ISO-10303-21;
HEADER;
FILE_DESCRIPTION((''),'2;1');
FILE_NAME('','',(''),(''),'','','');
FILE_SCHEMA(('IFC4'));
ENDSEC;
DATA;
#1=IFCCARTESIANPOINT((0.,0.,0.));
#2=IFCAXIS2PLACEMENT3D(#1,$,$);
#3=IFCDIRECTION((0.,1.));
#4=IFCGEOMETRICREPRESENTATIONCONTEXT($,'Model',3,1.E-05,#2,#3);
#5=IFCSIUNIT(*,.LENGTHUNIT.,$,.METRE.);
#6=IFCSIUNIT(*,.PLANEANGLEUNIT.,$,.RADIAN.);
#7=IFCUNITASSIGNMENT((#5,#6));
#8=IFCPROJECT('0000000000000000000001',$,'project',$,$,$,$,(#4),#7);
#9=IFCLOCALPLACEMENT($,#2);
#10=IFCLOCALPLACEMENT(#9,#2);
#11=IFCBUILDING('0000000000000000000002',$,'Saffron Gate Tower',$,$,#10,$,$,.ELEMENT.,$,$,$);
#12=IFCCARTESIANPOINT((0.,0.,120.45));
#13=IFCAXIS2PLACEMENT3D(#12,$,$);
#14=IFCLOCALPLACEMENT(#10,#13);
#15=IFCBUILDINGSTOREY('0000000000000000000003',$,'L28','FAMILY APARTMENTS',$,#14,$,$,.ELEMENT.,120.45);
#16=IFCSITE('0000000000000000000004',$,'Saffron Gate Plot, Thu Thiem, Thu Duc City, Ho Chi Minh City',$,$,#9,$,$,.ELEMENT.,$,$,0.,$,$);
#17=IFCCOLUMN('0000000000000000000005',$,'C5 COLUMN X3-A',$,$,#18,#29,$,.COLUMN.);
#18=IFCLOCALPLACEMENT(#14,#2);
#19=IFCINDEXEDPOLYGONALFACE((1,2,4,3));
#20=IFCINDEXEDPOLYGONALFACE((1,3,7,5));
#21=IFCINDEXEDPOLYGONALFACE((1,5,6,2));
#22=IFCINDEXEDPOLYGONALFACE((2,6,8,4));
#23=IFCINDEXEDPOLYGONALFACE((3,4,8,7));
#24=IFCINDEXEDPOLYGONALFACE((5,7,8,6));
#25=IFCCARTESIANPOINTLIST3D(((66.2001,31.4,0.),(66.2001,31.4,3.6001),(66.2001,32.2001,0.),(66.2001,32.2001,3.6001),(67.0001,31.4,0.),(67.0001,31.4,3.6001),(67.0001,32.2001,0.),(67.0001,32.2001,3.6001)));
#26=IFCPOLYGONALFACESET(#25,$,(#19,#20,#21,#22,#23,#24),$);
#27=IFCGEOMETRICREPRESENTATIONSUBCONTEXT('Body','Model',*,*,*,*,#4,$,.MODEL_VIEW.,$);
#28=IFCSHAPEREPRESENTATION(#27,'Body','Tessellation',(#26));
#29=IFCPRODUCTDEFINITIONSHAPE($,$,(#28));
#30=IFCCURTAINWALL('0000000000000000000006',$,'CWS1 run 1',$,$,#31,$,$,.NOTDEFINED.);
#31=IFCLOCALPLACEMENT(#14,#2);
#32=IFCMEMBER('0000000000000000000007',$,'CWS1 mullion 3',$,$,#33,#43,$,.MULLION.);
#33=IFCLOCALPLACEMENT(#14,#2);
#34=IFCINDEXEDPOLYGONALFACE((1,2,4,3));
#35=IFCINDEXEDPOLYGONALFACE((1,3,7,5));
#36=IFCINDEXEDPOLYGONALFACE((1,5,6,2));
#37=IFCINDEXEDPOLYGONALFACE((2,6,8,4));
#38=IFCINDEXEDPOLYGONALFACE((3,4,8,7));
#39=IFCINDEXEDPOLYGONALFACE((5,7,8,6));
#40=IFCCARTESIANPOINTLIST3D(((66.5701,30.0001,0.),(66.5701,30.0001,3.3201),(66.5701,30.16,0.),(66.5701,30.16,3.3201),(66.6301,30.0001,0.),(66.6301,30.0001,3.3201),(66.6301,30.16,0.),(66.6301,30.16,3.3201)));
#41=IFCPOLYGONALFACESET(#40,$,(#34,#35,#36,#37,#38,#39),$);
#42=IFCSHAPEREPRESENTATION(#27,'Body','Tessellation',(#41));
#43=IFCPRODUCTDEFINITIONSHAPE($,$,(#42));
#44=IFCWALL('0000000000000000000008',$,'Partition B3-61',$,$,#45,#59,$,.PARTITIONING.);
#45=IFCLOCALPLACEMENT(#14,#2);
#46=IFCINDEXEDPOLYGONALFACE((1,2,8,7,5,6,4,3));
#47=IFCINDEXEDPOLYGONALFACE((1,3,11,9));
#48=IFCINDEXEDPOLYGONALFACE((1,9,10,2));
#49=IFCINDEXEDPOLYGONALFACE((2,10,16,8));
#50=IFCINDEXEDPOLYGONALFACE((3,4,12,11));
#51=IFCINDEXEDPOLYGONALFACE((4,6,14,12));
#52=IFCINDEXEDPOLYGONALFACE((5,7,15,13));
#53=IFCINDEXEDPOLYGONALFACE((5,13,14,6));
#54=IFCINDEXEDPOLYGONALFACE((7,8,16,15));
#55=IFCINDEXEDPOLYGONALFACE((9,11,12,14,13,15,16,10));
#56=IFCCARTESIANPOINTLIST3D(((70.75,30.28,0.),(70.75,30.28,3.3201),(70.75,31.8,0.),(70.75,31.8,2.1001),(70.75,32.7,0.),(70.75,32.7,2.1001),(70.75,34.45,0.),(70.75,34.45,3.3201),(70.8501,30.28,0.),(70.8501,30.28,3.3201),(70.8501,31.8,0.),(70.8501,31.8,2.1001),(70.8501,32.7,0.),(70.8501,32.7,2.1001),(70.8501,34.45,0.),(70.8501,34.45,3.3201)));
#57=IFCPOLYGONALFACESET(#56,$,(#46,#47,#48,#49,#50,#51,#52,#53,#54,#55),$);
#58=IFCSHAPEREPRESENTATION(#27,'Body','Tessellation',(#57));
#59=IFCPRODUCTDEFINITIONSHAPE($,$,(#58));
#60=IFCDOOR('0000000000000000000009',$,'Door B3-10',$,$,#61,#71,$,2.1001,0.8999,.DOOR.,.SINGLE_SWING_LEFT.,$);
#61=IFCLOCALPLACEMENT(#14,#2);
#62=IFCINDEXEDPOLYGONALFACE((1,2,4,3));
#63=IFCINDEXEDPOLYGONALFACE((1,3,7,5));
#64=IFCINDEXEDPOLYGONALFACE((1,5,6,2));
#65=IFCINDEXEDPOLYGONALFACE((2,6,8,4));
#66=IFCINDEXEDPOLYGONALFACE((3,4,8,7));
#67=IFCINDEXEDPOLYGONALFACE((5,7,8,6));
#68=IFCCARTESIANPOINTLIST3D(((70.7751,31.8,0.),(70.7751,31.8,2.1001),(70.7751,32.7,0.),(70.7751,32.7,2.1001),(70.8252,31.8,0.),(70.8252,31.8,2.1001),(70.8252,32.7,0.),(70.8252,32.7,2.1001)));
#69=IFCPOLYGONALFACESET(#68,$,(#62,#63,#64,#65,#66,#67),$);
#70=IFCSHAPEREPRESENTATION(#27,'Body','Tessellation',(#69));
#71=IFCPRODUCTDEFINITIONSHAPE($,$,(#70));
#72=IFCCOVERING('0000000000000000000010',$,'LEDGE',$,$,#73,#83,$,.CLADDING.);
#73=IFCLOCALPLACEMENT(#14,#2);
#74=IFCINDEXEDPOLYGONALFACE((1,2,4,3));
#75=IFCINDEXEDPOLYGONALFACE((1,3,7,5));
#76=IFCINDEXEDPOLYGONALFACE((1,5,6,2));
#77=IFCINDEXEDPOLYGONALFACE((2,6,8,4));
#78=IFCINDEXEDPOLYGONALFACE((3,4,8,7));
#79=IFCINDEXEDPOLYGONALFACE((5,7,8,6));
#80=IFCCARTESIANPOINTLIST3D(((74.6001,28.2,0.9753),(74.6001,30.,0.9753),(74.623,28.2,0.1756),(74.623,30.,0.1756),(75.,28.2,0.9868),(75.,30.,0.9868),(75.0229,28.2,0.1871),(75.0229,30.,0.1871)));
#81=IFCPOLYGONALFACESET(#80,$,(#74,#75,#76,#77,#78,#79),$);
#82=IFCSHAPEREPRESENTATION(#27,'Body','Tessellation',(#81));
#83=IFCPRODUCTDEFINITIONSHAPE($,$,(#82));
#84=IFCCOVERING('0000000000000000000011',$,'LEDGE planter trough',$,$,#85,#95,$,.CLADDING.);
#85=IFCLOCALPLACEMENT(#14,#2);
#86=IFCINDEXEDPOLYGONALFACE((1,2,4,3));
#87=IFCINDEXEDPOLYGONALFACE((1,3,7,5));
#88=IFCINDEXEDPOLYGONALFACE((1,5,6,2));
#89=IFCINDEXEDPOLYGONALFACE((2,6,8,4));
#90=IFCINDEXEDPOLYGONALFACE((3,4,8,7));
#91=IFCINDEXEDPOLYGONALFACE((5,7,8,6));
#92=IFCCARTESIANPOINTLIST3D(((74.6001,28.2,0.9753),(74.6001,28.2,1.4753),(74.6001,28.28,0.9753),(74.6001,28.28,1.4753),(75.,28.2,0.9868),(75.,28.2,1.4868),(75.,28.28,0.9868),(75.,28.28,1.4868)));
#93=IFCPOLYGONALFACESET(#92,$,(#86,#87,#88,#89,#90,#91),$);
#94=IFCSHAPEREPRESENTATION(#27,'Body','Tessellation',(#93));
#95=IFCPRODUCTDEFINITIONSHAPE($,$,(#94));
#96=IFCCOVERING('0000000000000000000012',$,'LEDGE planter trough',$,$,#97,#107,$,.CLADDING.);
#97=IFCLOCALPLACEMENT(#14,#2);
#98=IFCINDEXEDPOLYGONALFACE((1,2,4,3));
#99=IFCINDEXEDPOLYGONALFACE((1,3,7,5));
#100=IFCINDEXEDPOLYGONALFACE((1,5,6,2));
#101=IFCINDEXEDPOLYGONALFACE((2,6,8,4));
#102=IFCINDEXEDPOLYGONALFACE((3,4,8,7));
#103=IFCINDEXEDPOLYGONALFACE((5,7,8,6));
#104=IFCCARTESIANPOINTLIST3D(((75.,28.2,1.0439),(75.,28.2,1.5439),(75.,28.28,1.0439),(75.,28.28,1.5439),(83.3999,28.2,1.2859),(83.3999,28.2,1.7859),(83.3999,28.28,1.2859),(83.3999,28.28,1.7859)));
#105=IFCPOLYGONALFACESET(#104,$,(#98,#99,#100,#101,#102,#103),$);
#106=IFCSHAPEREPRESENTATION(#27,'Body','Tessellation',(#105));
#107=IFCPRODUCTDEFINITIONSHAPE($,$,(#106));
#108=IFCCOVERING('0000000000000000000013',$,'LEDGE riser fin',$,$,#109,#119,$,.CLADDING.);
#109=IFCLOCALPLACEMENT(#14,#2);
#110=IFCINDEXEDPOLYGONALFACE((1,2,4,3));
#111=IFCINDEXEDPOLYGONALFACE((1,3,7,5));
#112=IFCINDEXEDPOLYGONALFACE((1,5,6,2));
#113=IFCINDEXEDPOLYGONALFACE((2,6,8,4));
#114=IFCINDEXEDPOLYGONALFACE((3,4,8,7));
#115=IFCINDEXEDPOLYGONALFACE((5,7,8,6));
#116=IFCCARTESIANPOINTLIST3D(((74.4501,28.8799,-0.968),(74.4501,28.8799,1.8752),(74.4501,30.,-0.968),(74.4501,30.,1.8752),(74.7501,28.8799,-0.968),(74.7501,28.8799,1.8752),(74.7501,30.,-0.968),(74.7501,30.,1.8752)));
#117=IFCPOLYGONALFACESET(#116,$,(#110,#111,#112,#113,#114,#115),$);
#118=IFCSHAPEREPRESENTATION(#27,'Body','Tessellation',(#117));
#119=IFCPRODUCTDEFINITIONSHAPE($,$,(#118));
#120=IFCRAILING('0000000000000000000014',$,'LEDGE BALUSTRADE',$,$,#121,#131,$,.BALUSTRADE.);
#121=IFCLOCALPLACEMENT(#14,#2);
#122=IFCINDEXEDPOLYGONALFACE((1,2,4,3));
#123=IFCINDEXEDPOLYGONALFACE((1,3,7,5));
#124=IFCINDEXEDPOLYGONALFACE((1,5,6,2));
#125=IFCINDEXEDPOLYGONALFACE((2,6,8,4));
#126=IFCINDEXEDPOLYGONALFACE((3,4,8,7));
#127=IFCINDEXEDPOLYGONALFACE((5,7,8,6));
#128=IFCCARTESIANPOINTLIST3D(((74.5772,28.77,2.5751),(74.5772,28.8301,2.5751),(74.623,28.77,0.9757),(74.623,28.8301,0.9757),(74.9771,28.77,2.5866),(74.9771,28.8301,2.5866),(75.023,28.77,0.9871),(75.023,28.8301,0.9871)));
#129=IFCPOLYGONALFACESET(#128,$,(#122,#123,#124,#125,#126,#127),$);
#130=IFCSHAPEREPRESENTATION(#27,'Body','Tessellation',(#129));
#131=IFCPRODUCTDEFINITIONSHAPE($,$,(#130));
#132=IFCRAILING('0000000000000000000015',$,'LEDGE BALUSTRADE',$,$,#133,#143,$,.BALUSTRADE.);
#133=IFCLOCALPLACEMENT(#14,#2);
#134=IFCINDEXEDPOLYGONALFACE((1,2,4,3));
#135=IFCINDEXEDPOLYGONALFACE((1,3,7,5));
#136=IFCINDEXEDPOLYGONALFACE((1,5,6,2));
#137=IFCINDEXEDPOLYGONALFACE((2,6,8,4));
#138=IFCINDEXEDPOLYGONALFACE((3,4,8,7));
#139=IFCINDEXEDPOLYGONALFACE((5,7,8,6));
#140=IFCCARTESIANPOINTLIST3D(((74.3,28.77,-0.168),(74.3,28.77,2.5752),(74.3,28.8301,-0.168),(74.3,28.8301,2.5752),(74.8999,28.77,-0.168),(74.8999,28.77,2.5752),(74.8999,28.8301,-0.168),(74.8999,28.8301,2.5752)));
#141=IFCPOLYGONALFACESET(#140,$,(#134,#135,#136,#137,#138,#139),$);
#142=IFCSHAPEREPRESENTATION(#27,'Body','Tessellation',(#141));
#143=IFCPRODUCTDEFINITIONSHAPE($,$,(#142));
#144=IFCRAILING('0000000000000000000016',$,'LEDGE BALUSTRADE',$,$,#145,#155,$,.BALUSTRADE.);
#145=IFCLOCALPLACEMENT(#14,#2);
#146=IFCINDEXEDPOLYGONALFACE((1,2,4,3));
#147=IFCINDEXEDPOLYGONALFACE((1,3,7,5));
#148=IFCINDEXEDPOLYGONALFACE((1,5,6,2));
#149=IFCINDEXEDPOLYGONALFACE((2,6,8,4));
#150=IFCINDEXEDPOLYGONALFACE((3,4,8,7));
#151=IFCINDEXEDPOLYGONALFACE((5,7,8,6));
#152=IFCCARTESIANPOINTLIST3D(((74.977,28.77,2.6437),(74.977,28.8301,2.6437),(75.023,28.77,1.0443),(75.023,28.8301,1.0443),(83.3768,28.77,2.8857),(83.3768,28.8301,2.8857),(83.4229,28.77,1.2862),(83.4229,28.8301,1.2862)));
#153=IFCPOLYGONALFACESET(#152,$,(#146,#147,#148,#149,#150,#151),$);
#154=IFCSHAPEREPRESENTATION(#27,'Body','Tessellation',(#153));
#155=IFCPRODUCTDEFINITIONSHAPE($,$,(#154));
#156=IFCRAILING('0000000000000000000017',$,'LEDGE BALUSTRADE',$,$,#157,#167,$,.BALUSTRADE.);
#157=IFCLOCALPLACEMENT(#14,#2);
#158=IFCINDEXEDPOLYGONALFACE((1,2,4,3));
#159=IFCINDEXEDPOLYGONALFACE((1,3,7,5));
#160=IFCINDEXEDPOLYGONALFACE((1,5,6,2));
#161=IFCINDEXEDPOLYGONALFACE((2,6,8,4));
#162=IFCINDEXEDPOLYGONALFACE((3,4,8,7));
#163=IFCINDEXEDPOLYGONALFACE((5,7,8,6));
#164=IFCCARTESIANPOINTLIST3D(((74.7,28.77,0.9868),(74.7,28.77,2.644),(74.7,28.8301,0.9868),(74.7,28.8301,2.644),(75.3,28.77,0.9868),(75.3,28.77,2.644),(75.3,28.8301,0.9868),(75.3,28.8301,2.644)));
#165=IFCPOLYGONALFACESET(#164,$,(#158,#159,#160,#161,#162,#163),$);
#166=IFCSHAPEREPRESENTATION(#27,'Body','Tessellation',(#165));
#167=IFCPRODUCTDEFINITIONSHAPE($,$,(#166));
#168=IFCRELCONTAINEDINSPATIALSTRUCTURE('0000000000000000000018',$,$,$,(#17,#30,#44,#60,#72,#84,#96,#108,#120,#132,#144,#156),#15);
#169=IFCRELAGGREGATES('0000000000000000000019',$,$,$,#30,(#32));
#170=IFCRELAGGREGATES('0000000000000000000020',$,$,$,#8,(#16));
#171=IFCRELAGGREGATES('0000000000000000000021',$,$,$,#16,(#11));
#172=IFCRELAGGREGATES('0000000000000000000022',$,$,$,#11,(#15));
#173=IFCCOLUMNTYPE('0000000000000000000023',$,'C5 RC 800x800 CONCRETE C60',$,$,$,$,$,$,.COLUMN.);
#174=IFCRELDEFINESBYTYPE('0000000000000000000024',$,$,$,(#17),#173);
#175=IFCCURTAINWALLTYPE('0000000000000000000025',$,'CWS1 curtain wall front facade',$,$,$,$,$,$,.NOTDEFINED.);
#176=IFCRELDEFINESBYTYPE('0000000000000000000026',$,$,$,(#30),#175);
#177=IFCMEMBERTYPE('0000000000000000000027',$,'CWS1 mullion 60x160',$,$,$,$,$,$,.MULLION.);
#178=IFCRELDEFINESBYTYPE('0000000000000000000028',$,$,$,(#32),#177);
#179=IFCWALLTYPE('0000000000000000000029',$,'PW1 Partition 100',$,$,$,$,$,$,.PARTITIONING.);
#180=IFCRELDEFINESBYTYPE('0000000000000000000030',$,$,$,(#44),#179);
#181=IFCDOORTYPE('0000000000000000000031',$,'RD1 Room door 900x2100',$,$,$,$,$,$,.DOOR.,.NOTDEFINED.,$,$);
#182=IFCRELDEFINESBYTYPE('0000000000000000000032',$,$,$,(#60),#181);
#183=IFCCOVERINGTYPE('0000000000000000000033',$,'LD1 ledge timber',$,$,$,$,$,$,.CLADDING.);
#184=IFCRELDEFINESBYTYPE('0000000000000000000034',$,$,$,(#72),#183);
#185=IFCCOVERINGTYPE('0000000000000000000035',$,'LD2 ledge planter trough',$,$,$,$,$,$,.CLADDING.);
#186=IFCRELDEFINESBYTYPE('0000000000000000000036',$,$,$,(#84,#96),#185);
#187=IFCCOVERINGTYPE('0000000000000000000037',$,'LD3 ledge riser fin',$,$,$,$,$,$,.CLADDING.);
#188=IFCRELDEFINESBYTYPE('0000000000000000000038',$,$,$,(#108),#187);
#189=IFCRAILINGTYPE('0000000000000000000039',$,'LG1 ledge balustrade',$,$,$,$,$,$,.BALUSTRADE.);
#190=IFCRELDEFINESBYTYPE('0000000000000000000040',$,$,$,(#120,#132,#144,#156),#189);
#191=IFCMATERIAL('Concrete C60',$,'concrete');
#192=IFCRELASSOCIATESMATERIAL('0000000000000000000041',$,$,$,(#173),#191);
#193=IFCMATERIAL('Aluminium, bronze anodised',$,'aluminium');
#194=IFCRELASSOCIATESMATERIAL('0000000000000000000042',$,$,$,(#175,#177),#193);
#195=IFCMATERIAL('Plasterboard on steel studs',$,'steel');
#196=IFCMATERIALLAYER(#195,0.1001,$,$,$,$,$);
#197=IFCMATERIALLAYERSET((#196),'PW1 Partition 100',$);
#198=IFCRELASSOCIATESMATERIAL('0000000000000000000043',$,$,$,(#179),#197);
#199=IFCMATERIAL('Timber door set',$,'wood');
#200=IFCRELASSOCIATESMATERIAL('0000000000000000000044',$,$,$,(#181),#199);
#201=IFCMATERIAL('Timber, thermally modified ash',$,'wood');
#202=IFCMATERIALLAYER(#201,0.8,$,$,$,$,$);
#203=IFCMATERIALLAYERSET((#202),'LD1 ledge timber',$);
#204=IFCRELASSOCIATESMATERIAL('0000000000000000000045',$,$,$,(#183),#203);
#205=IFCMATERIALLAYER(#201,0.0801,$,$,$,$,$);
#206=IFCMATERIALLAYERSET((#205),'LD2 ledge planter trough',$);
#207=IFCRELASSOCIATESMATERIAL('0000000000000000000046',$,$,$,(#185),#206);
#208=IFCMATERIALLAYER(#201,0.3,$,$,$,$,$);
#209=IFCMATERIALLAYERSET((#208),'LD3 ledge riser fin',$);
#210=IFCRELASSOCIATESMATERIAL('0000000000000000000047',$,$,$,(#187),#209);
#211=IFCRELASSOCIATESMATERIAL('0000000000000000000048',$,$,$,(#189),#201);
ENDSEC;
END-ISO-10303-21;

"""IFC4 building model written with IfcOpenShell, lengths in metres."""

from ifc_helpers import new_model, si_unit, direction, frame, frame_2d, origin, origin_2d, place, context, subcontext, project, spatial, polyline, rectangle, outline, extrude, material, layer, layer_set, material_profile, profile_set, type_object, element, fill, aggregate, save


model = new_model("IFC4")

# Units and contexts
model_context = context("Model", 3, precision=1e-05, world=origin(), true_north=direction((0.0, 1.0)))
body_context = subcontext(model_context, "Body", "Model", "MODEL_VIEW")
ifc_project = project(units=[si_unit("LENGTHUNIT", "METRE"), si_unit("PLANEANGLEUNIT", "RADIAN")], contexts=[model_context])

# Site, building, storey
site_placement = place(None, origin())
site = spatial("IfcSite", under=ifc_project, at=site_placement, Name="Saffron Gate Plot, Thu Thiem, Thu Duc City, Ho Chi Minh City", CompositionType="ELEMENT", RefElevation=0.0)
building_placement = place(site_placement, origin())
building = spatial("IfcBuilding", under=site, at=building_placement, Name="Saffron Gate Tower", CompositionType="ELEMENT")
storey_placement = place(building_placement, frame((0.0, 0.0, 120.45)))
storey = spatial("IfcBuildingStorey", under=building, at=storey_placement, Name="L28", Description="FAMILY APARTMENTS", CompositionType="ELEMENT", Elevation=120.45)

# Column
ifc_material_1 = material(Name="Concrete C60", Category="concrete")
ifc_material_profile_1 = material_profile(ifc_material_1, rectangle(XDim=0.8, YDim=0.8, at=origin_2d()))
ifc_profile_set_1 = profile_set([ifc_material_profile_1], Name="Concrete C60")
column_type = type_object("IfcColumnType", Name="C5 RC 800x800 CONCRETE C60", PredefinedType="COLUMN", material=ifc_profile_set_1)
column_placement = place(storey_placement, frame((66.6001, 31.8, 0.0), z_axis=(0.0, 0.0, 1.0), x_axis=(1.0, 0.0, 0.0)))
element("IfcColumn", 1, at=column_placement, inside=storey, type_object=column_type, Name="C5 COLUMN X3-A", PredefinedType="COLUMN", context=body_context, shape_type="SweptSolid", body=[
    extrude(rectangle(XDim=0.8, YDim=0.8, at=origin_2d()), origin(), (0.0, 0.0, 1.0), 3.6001),
])

# Curtain wall, member
ifc_material_2 = material(Name="Aluminium, bronze anodised", Category="aluminium")
curtain_wall_type = type_object("IfcCurtainWallType", Name="CWS1 curtain wall front facade", PredefinedType="NOTDEFINED", material=ifc_material_2)
curtain_wall_placement = place(storey_placement, origin())
curtain_wall = element("IfcCurtainWall", 2, at=curtain_wall_placement, inside=storey, type_object=curtain_wall_type, Name="CWS1 run 1", PredefinedType="NOTDEFINED")
ifc_material_profile_2 = material_profile(ifc_material_2, rectangle(XDim=0.1599, YDim=0.0601, at=origin_2d()))
ifc_profile_set_2 = profile_set([ifc_material_profile_2], Name="Aluminium, bronze anodised")
member_type = type_object("IfcMemberType", Name="CWS1 mullion 60x160", PredefinedType="MULLION", material=ifc_profile_set_2)
member_placement = place(storey_placement, frame((66.6001, 30.0801, 0.0), z_axis=(0.0, 0.0, 1.0), x_axis=(0.0, 1.0, 0.0)))
member = element("IfcMember", 3, at=member_placement, type_object=member_type, Name="CWS1 mullion 3", PredefinedType="MULLION", context=body_context, shape_type="SweptSolid", body=[
    extrude(rectangle(XDim=0.1599, YDim=0.0601, at=origin_2d()), origin(), (0.0, 0.0, 1.0), 3.3201),
])
aggregate(curtain_wall, [member])

# Wall, opening, door
ifc_material_3 = material(Name="Plasterboard on steel studs", Category="steel")
ifc_layer_1 = layer(ifc_material_3, 0.1001)
ifc_layer_set_1 = layer_set([ifc_layer_1], Name="PW1 Partition 100")
wall_type = type_object("IfcWallType", Name="PW1 Partition 100", PredefinedType="PARTITIONING", material=ifc_layer_set_1)
wall_placement = place(storey_placement, frame((70.8, 30.28, 0.0), z_axis=(0.0, 0.0, 1.0), x_axis=(0.0, 1.0, 0.0)))
wall = element("IfcWall", 4, at=wall_placement, inside=storey, type_object=wall_type, Name="Partition B3-61", PredefinedType="PARTITIONING", context=body_context, shape_type="SweptSolid", body=[
    extrude(rectangle(XDim=4.1699, YDim=0.1001, at=frame_2d((2.085, 0.0))), origin(), (0.0, 0.0, 1.0), 3.3201),
])
opening_placement = place(wall_placement, frame((1.52, 0.0, 0.0)))
opening = element("IfcOpeningElement", 5, at=opening_placement, cuts=wall, PredefinedType="OPENING", context=body_context, shape_type="SweptSolid", body=[
    extrude(rectangle(XDim=0.8999, YDim=2.1001, at=frame_2d((0.45, 1.05))), frame((0.0, 0.0601, 0.0), z_axis=(0.0, -1.0, 0.0), x_axis=(1.0, 0.0, 0.0)), (0.0, 0.0, 1.0), 0.1201),
])
ifc_material_4 = material(Name="Timber door set", Category="wood")
door_type = type_object("IfcDoorType", Name="RD1 Room door 900x2100", OperationType="NOTDEFINED", PredefinedType="DOOR", material=ifc_material_4)
door_placement = place(opening_placement, origin())
door = element("IfcDoor", 6, at=door_placement, inside=storey, type_object=door_type, Name="Door B3-10", OperationType="SINGLE_SWING_LEFT", OverallHeight=2.1001, OverallWidth=0.8999, PredefinedType="DOOR", context=body_context, shape_type="SweptSolid", body=[
    extrude(rectangle(XDim=0.8999, YDim=2.1001, at=frame_2d((0.45, 1.05))), frame((0.0, 0.0249, 0.0), z_axis=(0.0, -1.0, 0.0), x_axis=(1.0, 0.0, 0.0)), (0.0, 0.0, 1.0), 0.05),
])
fill(opening, door)

# Coverings
ifc_material_5 = material(Name="Timber, thermally modified ash", Category="wood")
ifc_layer_2 = layer(ifc_material_5, 0.8)
ifc_layer_set_2 = layer_set([ifc_layer_2], Name="LD1 ledge timber")
covering_type_1 = type_object("IfcCoveringType", Name="LD1 ledge timber", PredefinedType="CLADDING", material=ifc_layer_set_2)
covering_1_placement = place(storey_placement, frame((74.6001, 30.0, 0.9753), z_axis=(-0.028682, 0.0, 0.999589), x_axis=(0.999589, 0.0, 0.028682)))
element("IfcCovering", 7, at=covering_1_placement, inside=storey, type_object=covering_type_1, Name="LEDGE", PredefinedType="CLADDING", context=body_context, shape_type="SweptSolid", body=[
    extrude(outline(polyline([(0.0, 0.0), (0.4001, 0.0), (0.4001, -1.8), (0.0, -1.8), (0.0, 0.0)])), origin(), (0.0, 0.0, -1.0), 0.8),
])
ifc_layer_3 = layer(ifc_material_5, 0.0801)
ifc_layer_set_3 = layer_set([ifc_layer_3], Name="LD2 ledge planter trough")
covering_type_2 = type_object("IfcCoveringType", Name="LD2 ledge planter trough", PredefinedType="CLADDING", material=ifc_layer_set_3)
covering_2_placement = place(storey_placement, frame((74.6001, 28.2, 0.9753), z_axis=(0.0, -1.0, 0.0), x_axis=(0.999589, 0.0, 0.028682)))
element("IfcCovering", 8, at=covering_2_placement, inside=storey, type_object=covering_type_2, Name="LEDGE planter trough", PredefinedType="CLADDING", context=body_context, shape_type="SweptSolid", body=[
    extrude(outline(polyline([(0.0, 0.0), (0.4001, 0.0), (0.4144, 0.4998), (0.0143, 0.4998), (0.0, 0.0)])), origin(), (0.0, 0.0, -1.0), 0.0801),
])
covering_3_placement = place(storey_placement, frame((75.0, 28.2, 1.0439), z_axis=(0.0, -1.0, 0.0), x_axis=(0.999585, 0.0, 0.028791)))
element("IfcCovering", 9, at=covering_3_placement, inside=storey, type_object=covering_type_2, Name="LEDGE planter trough", PredefinedType="CLADDING", context=body_context, shape_type="SweptSolid", body=[
    extrude(outline(polyline([(0.0, 0.0), (8.4034, 0.0), (8.4178, 0.4998), (0.0144, 0.4998), (0.0, 0.0)])), origin(), (0.0, 0.0, -1.0), 0.0801),
])
ifc_layer_4 = layer(ifc_material_5, 0.3)
ifc_layer_set_4 = layer_set([ifc_layer_4], Name="LD3 ledge riser fin")
covering_type_3 = type_object("IfcCoveringType", Name="LD3 ledge riser fin", PredefinedType="CLADDING", material=ifc_layer_set_4)
covering_4_placement = place(storey_placement, frame((74.6001, 29.4399, -0.968), z_axis=(0.0, 0.0, 1.0), x_axis=(1.0, 0.0, 0.0)))
element("IfcCovering", 10, at=covering_4_placement, inside=storey, type_object=covering_type_3, Name="LEDGE riser fin", PredefinedType="CLADDING", context=body_context, shape_type="SweptSolid", body=[
    extrude(rectangle(XDim=0.3, YDim=1.1201, at=origin_2d()), origin(), (0.0, 0.0, 1.0), 2.8433),
])

# Railings
railing_type = type_object("IfcRailingType", Name="LG1 ledge balustrade", PredefinedType="BALUSTRADE", material=ifc_material_5)
railing_1_placement = place(storey_placement, frame((74.6001, 28.8, 0.9753)))
element("IfcRailing", 11, at=railing_1_placement, inside=storey, type_object=railing_type, Name="LEDGE BALUSTRADE", PredefinedType="BALUSTRADE", context=body_context, shape_type="SweptSolid", body=[
    extrude(rectangle(XDim=0.0601, YDim=1.6001, at=origin_2d()), frame((0.0, 0.0, 0.8), z_axis=(0.999589, 0.0, 0.028682), x_axis=(0.0, 1.0, 0.0)), (0.0, 0.0, 1.0), 0.4001),
])
railing_2_placement = place(storey_placement, frame((74.3, 28.8, -0.168)))
element("IfcRailing", 12, at=railing_2_placement, inside=storey, type_object=railing_type, Name="LEDGE BALUSTRADE", PredefinedType="BALUSTRADE", context=body_context, shape_type="SweptSolid", body=[
    extrude(rectangle(XDim=0.0601, YDim=2.7432, at=origin_2d()), frame((0.0, 0.0, 1.3716), z_axis=(1.0, 0.0, 0.0), x_axis=(0.0, 1.0, 0.0)), (0.0, 0.0, 1.0), 0.5999),
])
railing_3_placement = place(storey_placement, frame((75.0, 28.8, 1.0439)))
element("IfcRailing", 13, at=railing_3_placement, inside=storey, type_object=railing_type, Name="LEDGE BALUSTRADE", PredefinedType="BALUSTRADE", context=body_context, shape_type="SweptSolid", body=[
    extrude(rectangle(XDim=0.0601, YDim=1.6001, at=origin_2d()), frame((0.0, 0.0, 0.8), z_axis=(0.999585, 0.0, 0.028791), x_axis=(0.0, 1.0, 0.0)), (0.0, 0.0, 1.0), 8.4033),
])
railing_4_placement = place(storey_placement, frame((74.7, 28.8, 0.9868)))
element("IfcRailing", 14, at=railing_4_placement, inside=storey, type_object=railing_type, Name="LEDGE BALUSTRADE", PredefinedType="BALUSTRADE", context=body_context, shape_type="SweptSolid", body=[
    extrude(rectangle(XDim=0.0601, YDim=1.6572, at=origin_2d()), frame((0.0, 0.0, 0.8286), z_axis=(1.0, 0.0, 0.0), x_axis=(0.0, 1.0, 0.0)), (0.0, 0.0, 1.0), 0.6001),
])

save(model, "model.ifc")
